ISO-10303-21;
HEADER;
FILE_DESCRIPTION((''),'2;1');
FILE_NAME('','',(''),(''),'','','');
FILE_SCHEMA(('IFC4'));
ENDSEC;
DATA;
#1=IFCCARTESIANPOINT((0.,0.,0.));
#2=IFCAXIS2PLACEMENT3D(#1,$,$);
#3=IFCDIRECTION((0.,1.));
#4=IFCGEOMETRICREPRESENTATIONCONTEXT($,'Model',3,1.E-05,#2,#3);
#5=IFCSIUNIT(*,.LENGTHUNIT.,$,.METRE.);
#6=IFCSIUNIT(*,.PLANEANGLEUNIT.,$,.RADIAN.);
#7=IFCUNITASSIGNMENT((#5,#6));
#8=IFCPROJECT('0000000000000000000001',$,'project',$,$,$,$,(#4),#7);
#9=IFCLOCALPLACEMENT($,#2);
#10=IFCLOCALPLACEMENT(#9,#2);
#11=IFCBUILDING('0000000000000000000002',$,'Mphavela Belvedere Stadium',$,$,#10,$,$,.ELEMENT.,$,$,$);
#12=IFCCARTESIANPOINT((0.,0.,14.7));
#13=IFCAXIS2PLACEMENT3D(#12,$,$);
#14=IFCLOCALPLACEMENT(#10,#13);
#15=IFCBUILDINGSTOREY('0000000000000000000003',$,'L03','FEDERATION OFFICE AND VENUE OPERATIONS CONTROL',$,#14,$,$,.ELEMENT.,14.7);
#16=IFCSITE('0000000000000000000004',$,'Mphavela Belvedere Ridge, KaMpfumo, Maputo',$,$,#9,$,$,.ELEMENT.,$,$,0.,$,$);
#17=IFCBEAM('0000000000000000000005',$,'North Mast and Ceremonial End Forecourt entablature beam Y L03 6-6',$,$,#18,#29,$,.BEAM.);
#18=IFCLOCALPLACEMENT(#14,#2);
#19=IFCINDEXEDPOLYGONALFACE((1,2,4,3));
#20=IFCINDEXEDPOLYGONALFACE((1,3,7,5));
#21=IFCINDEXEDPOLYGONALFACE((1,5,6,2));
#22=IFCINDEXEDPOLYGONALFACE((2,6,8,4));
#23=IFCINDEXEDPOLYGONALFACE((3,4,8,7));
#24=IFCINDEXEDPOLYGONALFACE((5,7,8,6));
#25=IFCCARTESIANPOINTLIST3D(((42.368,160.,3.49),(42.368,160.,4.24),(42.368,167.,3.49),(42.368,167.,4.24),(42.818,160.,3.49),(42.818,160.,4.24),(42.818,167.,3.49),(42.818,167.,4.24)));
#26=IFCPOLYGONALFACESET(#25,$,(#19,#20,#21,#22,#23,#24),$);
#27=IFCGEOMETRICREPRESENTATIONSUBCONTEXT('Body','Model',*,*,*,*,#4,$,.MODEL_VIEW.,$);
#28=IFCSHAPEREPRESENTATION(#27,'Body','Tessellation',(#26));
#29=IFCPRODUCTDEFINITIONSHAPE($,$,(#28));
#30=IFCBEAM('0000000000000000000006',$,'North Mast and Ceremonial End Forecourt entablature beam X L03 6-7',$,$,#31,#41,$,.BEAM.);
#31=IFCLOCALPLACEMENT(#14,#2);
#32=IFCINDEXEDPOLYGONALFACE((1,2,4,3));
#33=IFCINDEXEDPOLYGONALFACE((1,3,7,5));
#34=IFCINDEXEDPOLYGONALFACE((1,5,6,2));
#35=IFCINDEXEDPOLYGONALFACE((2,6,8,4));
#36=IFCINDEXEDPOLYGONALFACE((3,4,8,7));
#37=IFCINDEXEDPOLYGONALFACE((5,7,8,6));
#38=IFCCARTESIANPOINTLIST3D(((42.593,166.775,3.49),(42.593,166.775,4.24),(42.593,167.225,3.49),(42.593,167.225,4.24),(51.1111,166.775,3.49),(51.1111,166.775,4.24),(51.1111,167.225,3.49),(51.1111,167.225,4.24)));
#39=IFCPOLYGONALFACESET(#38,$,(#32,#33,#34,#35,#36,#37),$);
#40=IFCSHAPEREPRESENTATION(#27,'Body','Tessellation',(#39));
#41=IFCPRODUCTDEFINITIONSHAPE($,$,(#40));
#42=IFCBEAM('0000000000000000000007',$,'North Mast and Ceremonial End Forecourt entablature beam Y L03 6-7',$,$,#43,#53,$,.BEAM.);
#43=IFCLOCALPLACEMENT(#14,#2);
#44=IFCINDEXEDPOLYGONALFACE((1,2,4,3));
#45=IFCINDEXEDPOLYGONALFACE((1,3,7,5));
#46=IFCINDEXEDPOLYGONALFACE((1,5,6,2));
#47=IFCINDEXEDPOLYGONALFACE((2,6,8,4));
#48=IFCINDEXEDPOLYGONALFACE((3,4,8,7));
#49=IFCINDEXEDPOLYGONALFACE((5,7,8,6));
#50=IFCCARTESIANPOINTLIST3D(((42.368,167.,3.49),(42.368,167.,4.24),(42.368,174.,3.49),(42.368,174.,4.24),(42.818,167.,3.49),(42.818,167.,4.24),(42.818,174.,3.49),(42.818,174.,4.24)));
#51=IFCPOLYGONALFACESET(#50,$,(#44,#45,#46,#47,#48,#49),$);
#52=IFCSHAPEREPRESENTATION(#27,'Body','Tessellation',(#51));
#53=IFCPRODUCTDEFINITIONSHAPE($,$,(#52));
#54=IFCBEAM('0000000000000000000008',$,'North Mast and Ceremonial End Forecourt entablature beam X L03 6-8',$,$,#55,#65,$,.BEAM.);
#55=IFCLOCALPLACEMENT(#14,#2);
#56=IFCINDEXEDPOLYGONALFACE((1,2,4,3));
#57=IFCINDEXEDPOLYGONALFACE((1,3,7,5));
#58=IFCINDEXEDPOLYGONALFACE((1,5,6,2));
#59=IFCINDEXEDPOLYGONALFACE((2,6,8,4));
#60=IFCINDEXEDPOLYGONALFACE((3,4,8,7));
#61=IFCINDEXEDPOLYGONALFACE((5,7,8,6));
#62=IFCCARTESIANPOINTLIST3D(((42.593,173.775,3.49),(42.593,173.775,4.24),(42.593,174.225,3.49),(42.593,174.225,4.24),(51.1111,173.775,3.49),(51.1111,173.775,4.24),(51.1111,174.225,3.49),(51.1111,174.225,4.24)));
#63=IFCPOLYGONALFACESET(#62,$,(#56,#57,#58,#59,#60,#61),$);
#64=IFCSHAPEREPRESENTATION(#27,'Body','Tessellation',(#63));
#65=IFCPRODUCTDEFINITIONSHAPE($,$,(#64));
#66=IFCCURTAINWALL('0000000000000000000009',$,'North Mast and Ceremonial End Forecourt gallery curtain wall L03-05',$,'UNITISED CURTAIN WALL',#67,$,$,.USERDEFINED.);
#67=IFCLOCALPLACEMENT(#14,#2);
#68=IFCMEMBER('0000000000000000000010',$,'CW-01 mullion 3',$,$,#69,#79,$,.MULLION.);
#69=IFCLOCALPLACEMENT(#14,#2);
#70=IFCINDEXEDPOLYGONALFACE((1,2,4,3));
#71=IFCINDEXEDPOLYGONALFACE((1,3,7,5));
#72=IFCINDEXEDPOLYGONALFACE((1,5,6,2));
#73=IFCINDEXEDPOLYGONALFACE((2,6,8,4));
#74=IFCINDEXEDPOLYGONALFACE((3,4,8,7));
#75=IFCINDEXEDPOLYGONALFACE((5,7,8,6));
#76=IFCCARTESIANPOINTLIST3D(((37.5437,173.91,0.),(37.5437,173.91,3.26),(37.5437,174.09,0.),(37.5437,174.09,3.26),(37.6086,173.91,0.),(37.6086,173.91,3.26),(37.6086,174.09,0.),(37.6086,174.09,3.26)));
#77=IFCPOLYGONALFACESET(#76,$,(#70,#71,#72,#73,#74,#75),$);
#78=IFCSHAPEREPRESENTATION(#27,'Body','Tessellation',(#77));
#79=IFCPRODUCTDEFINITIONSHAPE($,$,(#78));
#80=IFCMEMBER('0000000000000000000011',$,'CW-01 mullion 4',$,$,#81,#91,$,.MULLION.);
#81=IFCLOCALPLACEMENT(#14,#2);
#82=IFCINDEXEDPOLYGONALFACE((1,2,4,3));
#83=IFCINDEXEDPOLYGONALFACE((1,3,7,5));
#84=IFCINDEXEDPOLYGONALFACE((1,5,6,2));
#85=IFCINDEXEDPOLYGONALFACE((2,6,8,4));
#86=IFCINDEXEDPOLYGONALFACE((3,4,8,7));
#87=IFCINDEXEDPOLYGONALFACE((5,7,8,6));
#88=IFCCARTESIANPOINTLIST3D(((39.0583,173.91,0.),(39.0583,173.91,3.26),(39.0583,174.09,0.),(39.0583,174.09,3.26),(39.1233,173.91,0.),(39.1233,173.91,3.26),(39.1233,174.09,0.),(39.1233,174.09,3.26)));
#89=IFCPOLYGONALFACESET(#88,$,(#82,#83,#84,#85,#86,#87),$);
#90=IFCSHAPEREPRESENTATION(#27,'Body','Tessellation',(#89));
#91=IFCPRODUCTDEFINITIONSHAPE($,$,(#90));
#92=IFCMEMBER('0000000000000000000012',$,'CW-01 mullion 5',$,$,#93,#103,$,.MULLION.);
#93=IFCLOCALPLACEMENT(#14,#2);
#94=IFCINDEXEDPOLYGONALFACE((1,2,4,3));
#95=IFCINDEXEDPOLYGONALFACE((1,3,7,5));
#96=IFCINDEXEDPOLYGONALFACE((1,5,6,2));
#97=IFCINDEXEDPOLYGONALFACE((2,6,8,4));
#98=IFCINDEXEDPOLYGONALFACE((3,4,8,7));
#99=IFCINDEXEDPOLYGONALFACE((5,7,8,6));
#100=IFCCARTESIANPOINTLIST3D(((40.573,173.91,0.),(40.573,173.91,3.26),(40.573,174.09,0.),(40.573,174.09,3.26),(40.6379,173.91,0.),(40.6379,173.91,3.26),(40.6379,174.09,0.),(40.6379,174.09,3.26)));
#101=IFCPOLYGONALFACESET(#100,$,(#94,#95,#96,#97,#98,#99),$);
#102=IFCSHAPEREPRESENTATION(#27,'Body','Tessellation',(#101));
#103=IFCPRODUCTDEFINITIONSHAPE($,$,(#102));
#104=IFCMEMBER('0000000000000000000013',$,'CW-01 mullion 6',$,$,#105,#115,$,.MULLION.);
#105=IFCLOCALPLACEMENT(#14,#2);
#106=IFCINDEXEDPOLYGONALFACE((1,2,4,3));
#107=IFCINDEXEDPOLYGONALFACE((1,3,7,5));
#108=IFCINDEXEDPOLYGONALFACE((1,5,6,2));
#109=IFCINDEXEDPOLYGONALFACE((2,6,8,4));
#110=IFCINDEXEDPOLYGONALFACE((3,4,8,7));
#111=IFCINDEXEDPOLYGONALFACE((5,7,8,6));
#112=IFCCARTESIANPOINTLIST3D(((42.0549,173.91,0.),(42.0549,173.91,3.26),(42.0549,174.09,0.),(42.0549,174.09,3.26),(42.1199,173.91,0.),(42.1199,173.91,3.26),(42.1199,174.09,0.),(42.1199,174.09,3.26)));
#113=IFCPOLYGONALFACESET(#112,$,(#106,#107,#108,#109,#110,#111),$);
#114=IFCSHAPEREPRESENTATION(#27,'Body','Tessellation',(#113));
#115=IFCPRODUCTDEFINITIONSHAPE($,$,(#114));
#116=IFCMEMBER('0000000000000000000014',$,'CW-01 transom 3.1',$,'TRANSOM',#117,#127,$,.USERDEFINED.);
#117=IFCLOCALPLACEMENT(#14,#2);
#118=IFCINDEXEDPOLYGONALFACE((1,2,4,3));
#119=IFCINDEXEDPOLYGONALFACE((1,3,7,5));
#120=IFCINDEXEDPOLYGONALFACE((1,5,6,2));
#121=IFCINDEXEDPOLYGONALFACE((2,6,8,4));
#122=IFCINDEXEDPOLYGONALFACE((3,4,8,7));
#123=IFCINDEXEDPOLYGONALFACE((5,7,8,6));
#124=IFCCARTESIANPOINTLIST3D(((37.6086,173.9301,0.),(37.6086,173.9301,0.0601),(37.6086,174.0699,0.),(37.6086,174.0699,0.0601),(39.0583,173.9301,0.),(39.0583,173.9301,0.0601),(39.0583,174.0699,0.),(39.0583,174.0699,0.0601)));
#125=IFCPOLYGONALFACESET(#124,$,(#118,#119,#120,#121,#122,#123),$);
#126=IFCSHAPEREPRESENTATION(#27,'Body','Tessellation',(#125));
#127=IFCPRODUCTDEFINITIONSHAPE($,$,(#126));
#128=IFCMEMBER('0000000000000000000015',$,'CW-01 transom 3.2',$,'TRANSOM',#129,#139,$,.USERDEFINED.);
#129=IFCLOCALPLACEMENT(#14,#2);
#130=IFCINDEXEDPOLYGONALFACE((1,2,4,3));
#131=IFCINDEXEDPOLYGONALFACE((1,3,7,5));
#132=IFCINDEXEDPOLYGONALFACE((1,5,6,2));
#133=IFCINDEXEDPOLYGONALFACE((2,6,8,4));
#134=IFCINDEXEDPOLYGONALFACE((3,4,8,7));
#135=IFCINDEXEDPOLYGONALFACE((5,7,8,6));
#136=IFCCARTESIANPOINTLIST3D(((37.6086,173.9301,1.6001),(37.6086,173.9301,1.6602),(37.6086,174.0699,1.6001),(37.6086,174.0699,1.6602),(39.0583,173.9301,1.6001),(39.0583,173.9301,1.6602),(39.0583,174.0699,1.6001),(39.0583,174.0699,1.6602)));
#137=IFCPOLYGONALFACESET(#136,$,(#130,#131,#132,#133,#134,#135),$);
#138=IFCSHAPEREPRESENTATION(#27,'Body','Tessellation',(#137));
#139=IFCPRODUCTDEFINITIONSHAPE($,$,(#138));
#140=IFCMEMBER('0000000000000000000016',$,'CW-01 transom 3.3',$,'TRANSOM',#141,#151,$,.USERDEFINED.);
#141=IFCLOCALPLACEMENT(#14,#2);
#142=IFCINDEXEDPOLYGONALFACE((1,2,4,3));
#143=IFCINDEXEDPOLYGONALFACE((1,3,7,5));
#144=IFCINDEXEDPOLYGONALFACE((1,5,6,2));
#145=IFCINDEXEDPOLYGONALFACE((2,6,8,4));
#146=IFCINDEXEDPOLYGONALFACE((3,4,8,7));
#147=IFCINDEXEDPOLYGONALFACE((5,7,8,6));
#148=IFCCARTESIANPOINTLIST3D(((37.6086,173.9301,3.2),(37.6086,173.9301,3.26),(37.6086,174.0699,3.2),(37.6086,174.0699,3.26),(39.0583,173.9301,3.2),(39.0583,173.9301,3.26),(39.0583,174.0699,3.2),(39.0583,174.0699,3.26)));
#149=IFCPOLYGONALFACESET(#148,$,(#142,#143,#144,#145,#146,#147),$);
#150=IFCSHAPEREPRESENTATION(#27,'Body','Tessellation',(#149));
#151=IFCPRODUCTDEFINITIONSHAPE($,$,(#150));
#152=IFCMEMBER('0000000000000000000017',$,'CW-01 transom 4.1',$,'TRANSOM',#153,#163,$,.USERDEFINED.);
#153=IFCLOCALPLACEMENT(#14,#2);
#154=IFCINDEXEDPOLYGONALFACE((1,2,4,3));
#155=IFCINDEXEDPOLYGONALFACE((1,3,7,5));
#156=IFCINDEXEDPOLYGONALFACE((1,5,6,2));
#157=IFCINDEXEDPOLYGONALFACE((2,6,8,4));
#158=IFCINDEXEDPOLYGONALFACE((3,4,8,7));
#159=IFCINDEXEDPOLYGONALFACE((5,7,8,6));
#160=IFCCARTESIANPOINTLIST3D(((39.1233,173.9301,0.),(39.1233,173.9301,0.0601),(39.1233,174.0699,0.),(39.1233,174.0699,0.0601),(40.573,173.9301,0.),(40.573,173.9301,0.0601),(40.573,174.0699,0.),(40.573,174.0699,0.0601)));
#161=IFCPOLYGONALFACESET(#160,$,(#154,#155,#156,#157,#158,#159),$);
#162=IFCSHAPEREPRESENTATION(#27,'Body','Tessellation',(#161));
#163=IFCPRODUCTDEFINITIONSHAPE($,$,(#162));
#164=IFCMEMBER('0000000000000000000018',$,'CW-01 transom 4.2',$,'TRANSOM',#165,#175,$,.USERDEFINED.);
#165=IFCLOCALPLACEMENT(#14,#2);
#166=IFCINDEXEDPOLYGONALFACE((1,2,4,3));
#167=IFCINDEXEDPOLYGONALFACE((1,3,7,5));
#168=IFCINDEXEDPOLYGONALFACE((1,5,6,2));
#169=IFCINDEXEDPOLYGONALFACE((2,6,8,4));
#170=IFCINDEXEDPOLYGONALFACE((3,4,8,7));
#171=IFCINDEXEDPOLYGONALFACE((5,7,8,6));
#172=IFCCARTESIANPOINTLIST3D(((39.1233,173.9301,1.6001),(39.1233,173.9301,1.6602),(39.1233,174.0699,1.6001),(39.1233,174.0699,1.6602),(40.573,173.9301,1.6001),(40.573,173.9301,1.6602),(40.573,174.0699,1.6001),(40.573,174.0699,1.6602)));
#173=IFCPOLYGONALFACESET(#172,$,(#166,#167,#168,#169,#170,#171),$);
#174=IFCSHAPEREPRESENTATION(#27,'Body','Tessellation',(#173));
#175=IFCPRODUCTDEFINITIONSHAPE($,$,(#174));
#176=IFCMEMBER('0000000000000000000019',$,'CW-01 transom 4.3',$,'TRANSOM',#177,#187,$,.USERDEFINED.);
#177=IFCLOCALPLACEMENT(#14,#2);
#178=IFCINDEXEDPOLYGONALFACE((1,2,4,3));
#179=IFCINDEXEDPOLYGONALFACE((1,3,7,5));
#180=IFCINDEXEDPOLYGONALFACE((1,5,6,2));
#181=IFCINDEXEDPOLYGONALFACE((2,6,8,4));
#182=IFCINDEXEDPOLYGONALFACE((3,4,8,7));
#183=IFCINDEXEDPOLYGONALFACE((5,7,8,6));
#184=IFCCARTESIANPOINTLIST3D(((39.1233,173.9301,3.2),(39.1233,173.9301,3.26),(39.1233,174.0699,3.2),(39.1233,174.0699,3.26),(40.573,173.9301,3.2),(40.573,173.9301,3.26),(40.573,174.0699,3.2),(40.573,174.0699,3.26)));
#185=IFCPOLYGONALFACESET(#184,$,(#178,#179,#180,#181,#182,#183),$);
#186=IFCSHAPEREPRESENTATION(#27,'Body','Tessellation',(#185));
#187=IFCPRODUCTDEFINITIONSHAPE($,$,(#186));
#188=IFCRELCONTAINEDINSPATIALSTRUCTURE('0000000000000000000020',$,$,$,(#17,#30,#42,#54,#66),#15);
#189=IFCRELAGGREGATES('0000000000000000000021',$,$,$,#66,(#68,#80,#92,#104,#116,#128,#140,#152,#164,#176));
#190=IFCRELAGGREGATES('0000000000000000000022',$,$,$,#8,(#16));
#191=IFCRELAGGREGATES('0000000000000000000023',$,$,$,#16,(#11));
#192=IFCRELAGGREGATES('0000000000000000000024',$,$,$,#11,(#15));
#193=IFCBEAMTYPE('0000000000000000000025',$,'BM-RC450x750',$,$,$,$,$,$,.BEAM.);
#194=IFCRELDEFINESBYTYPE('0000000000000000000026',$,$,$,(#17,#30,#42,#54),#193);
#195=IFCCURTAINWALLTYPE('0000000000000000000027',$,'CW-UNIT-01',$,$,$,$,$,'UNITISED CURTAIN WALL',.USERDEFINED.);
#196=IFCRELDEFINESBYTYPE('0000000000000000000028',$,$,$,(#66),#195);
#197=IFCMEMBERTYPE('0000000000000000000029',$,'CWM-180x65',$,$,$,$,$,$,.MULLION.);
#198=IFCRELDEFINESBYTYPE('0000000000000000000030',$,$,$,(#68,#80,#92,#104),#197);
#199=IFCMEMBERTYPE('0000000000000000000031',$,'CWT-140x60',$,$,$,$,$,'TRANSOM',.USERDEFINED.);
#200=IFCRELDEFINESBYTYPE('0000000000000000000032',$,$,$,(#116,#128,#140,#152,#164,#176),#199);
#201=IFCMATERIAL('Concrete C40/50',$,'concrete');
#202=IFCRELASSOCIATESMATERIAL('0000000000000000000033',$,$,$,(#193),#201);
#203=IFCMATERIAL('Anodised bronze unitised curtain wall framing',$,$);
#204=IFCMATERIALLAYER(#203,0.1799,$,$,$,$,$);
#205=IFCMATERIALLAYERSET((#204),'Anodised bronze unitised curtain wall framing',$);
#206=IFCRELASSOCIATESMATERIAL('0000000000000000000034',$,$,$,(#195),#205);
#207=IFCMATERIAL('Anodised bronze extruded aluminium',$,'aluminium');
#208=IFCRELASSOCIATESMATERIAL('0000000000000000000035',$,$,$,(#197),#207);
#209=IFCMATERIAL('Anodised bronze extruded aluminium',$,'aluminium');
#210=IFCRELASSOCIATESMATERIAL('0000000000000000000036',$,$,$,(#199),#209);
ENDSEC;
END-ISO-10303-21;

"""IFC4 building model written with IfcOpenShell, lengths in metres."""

from ifc_helpers import new_model, si_unit, direction, frame, origin, origin_2d, place, context, subcontext, project, spatial, rectangle, extrude, material, layer, layer_set, material_profile, profile_set, type_object, element, aggregate, save


model = new_model("IFC4")

# Units and contexts
model_context = context("Model", 3, precision=1e-05, world=origin(), true_north=direction((0.0, 1.0)))
body_context = subcontext(model_context, "Body", "Model", "MODEL_VIEW")
ifc_project = project(units=[si_unit("LENGTHUNIT", "METRE"), si_unit("PLANEANGLEUNIT", "RADIAN")], contexts=[model_context])

# Site, building, storey
site_placement = place(None, origin())
site = spatial("IfcSite", under=ifc_project, at=site_placement, Name="Mphavela Belvedere Ridge, KaMpfumo, Maputo", CompositionType="ELEMENT", RefElevation=0.0)
building_placement = place(site_placement, origin())
building = spatial("IfcBuilding", under=site, at=building_placement, Name="Mphavela Belvedere Stadium", CompositionType="ELEMENT")
storey_placement = place(building_placement, frame((0.0, 0.0, 14.7)))
storey = spatial("IfcBuildingStorey", under=building, at=storey_placement, Name="L03", Description="FEDERATION OFFICE AND VENUE OPERATIONS CONTROL", CompositionType="ELEMENT", Elevation=14.7)

# Beams
ifc_material_1 = material(Name="Concrete C40/50", Category="concrete")
ifc_material_profile_1 = material_profile(ifc_material_1, rectangle(XDim=0.45, YDim=0.75, at=origin_2d()), Name="RC 450x750")
ifc_profile_set_1 = profile_set([ifc_material_profile_1], Name="Concrete C40/50")
beam_type_1 = type_object("IfcBeamType", Name="BM-RC450x750", PredefinedType="BEAM", material=ifc_profile_set_1)
beam_1_placement = place(storey_placement, frame((42.593, 160.0, 3.865), z_axis=(0.0, 1.0, 0.0), x_axis=(-1.0, 0.0, 0.0)))
element("IfcBeam", 1, at=beam_1_placement, inside=storey, type_object=beam_type_1, Name="North Mast and Ceremonial End Forecourt entablature beam Y L03 6-6", PredefinedType="BEAM", context=body_context, shape_type="SweptSolid", body=[
    extrude(rectangle(XDim=0.45, YDim=0.75, at=origin_2d()), origin(), (0.0, 0.0, 1.0), 7.0),
])
beam_2_placement = place(storey_placement, frame((42.593, 167.0, 3.865), z_axis=(1.0, 0.0, 0.0), x_axis=(0.0, 1.0, 0.0)))
element("IfcBeam", 2, at=beam_2_placement, inside=storey, type_object=beam_type_1, Name="North Mast and Ceremonial End Forecourt entablature beam X L03 6-7", PredefinedType="BEAM", context=body_context, shape_type="SweptSolid", body=[
    extrude(rectangle(XDim=0.45, YDim=0.75, at=origin_2d()), origin(), (0.0, 0.0, 1.0), 8.5181),
])
beam_3_placement = place(storey_placement, frame((42.593, 167.0, 3.865), z_axis=(0.0, 1.0, 0.0), x_axis=(-1.0, 0.0, 0.0)))
element("IfcBeam", 3, at=beam_3_placement, inside=storey, type_object=beam_type_1, Name="North Mast and Ceremonial End Forecourt entablature beam Y L03 6-7", PredefinedType="BEAM", context=body_context, shape_type="SweptSolid", body=[
    extrude(rectangle(XDim=0.45, YDim=0.75, at=origin_2d()), origin(), (0.0, 0.0, 1.0), 7.0),
])
beam_4_placement = place(storey_placement, frame((42.593, 174.0, 3.865), z_axis=(1.0, 0.0, 0.0), x_axis=(0.0, 1.0, 0.0)))
element("IfcBeam", 4, at=beam_4_placement, inside=storey, type_object=beam_type_1, Name="North Mast and Ceremonial End Forecourt entablature beam X L03 6-8", PredefinedType="BEAM", context=body_context, shape_type="SweptSolid", body=[
    extrude(rectangle(XDim=0.45, YDim=0.75, at=origin_2d()), origin(), (0.0, 0.0, 1.0), 8.5181),
])

# Curtain wall, members
ifc_material_2 = material(Name="Anodised bronze unitised curtain wall framing")
ifc_layer_1 = layer(ifc_material_2, 0.1799)
ifc_layer_set_1 = layer_set([ifc_layer_1], Name="Anodised bronze unitised curtain wall framing")
curtain_wall_type = type_object("IfcCurtainWallType", Name="CW-UNIT-01", ElementType="UNITISED CURTAIN WALL", PredefinedType="USERDEFINED", material=ifc_layer_set_1)
curtain_wall_placement = place(storey_placement, origin())
curtain_wall = element("IfcCurtainWall", 5, at=curtain_wall_placement, inside=storey, type_object=curtain_wall_type, Name="North Mast and Ceremonial End Forecourt gallery curtain wall L03-05", ObjectType="UNITISED CURTAIN WALL", PredefinedType="USERDEFINED")
ifc_material_3 = material(Name="Anodised bronze extruded aluminium", Category="aluminium")
ifc_material_profile_2 = material_profile(ifc_material_3, rectangle(XDim=0.1799, YDim=0.0649, at=origin_2d()), Name="CW-MUL 180x65")
ifc_profile_set_2 = profile_set([ifc_material_profile_2], Name="Anodised bronze extruded aluminium")
member_type_1 = type_object("IfcMemberType", Name="CWM-180x65", PredefinedType="MULLION", material=ifc_profile_set_2)
member_1_placement = place(storey_placement, frame((37.5762, 174.0, 0.0), z_axis=(0.0, 0.0, 1.0), x_axis=(0.0, 1.0, 0.0)))
member_1 = element("IfcMember", 6, at=member_1_placement, type_object=member_type_1, Name="CW-01 mullion 3", PredefinedType="MULLION", context=body_context, shape_type="SweptSolid", body=[
    extrude(rectangle(XDim=0.1799, YDim=0.0649, at=origin_2d()), origin(), (0.0, 0.0, 1.0), 3.26),
])
member_2_placement = place(storey_placement, frame((39.0908, 174.0, 0.0), z_axis=(0.0, 0.0, 1.0), x_axis=(0.0, 1.0, 0.0)))
member_2 = element("IfcMember", 7, at=member_2_placement, type_object=member_type_1, Name="CW-01 mullion 4", PredefinedType="MULLION", context=body_context, shape_type="SweptSolid", body=[
    extrude(rectangle(XDim=0.1799, YDim=0.0649, at=origin_2d()), origin(), (0.0, 0.0, 1.0), 3.26),
])
member_3_placement = place(storey_placement, frame((40.6055, 174.0, 0.0), z_axis=(0.0, 0.0, 1.0), x_axis=(0.0, 1.0, 0.0)))
member_3 = element("IfcMember", 8, at=member_3_placement, type_object=member_type_1, Name="CW-01 mullion 5", PredefinedType="MULLION", context=body_context, shape_type="SweptSolid", body=[
    extrude(rectangle(XDim=0.1799, YDim=0.0649, at=origin_2d()), origin(), (0.0, 0.0, 1.0), 3.26),
])
member_4_placement = place(storey_placement, frame((42.0874, 174.0, 0.0), z_axis=(0.0, 0.0, 1.0), x_axis=(0.0, 1.0, 0.0)))
member_4 = element("IfcMember", 9, at=member_4_placement, type_object=member_type_1, Name="CW-01 mullion 6", PredefinedType="MULLION", context=body_context, shape_type="SweptSolid", body=[
    extrude(rectangle(XDim=0.1799, YDim=0.0649, at=origin_2d()), origin(), (0.0, 0.0, 1.0), 3.26),
])
ifc_material_4 = material(Name="Anodised bronze extruded aluminium", Category="aluminium")
ifc_material_profile_3 = material_profile(ifc_material_4, rectangle(XDim=0.1399, YDim=0.0601, at=origin_2d()), Name="CW-TRN 140x60")
ifc_profile_set_3 = profile_set([ifc_material_profile_3], Name="Anodised bronze extruded aluminium")
member_type_2 = type_object("IfcMemberType", Name="CWT-140x60", ElementType="TRANSOM", PredefinedType="USERDEFINED", material=ifc_profile_set_3)
member_5_placement = place(storey_placement, frame((37.6086, 174.0, 0.03), z_axis=(1.0, 0.0, 0.0), x_axis=(0.0, 1.0, 0.0)))
member_5 = element("IfcMember", 10, at=member_5_placement, type_object=member_type_2, Name="CW-01 transom 3.1", ObjectType="TRANSOM", PredefinedType="USERDEFINED", context=body_context, shape_type="SweptSolid", body=[
    extrude(rectangle(XDim=0.1399, YDim=0.0601, at=origin_2d()), origin(), (0.0, 0.0, 1.0), 1.4497),
])
member_6_placement = place(storey_placement, frame((37.6086, 174.0, 1.6301), z_axis=(1.0, 0.0, 0.0), x_axis=(0.0, 1.0, 0.0)))
member_6 = element("IfcMember", 11, at=member_6_placement, type_object=member_type_2, Name="CW-01 transom 3.2", ObjectType="TRANSOM", PredefinedType="USERDEFINED", context=body_context, shape_type="SweptSolid", body=[
    extrude(rectangle(XDim=0.1399, YDim=0.0601, at=origin_2d()), origin(), (0.0, 0.0, 1.0), 1.4497),
])
member_7_placement = place(storey_placement, frame((37.6086, 174.0, 3.23), z_axis=(1.0, 0.0, 0.0), x_axis=(0.0, 1.0, 0.0)))
member_7 = element("IfcMember", 12, at=member_7_placement, type_object=member_type_2, Name="CW-01 transom 3.3", ObjectType="TRANSOM", PredefinedType="USERDEFINED", context=body_context, shape_type="SweptSolid", body=[
    extrude(rectangle(XDim=0.1399, YDim=0.0601, at=origin_2d()), origin(), (0.0, 0.0, 1.0), 1.4497),
])
member_8_placement = place(storey_placement, frame((39.1233, 174.0, 0.03), z_axis=(1.0, 0.0, 0.0), x_axis=(0.0, 1.0, 0.0)))
member_8 = element("IfcMember", 13, at=member_8_placement, type_object=member_type_2, Name="CW-01 transom 4.1", ObjectType="TRANSOM", PredefinedType="USERDEFINED", context=body_context, shape_type="SweptSolid", body=[
    extrude(rectangle(XDim=0.1399, YDim=0.0601, at=origin_2d()), origin(), (0.0, 0.0, 1.0), 1.4497),
])
member_9_placement = place(storey_placement, frame((39.1233, 174.0, 1.6301), z_axis=(1.0, 0.0, 0.0), x_axis=(0.0, 1.0, 0.0)))
member_9 = element("IfcMember", 14, at=member_9_placement, type_object=member_type_2, Name="CW-01 transom 4.2", ObjectType="TRANSOM", PredefinedType="USERDEFINED", context=body_context, shape_type="SweptSolid", body=[
    extrude(rectangle(XDim=0.1399, YDim=0.0601, at=origin_2d()), origin(), (0.0, 0.0, 1.0), 1.4497),
])
member_10_placement = place(storey_placement, frame((39.1233, 174.0, 3.23), z_axis=(1.0, 0.0, 0.0), x_axis=(0.0, 1.0, 0.0)))
member_10 = element("IfcMember", 15, at=member_10_placement, type_object=member_type_2, Name="CW-01 transom 4.3", ObjectType="TRANSOM", PredefinedType="USERDEFINED", context=body_context, shape_type="SweptSolid", body=[
    extrude(rectangle(XDim=0.1399, YDim=0.0601, at=origin_2d()), origin(), (0.0, 0.0, 1.0), 1.4497),
])
aggregate(curtain_wall, [member_1, member_2, member_3, member_4, member_5, member_6, member_7, member_8, member_9, member_10])

save(model, "model.ifc")
